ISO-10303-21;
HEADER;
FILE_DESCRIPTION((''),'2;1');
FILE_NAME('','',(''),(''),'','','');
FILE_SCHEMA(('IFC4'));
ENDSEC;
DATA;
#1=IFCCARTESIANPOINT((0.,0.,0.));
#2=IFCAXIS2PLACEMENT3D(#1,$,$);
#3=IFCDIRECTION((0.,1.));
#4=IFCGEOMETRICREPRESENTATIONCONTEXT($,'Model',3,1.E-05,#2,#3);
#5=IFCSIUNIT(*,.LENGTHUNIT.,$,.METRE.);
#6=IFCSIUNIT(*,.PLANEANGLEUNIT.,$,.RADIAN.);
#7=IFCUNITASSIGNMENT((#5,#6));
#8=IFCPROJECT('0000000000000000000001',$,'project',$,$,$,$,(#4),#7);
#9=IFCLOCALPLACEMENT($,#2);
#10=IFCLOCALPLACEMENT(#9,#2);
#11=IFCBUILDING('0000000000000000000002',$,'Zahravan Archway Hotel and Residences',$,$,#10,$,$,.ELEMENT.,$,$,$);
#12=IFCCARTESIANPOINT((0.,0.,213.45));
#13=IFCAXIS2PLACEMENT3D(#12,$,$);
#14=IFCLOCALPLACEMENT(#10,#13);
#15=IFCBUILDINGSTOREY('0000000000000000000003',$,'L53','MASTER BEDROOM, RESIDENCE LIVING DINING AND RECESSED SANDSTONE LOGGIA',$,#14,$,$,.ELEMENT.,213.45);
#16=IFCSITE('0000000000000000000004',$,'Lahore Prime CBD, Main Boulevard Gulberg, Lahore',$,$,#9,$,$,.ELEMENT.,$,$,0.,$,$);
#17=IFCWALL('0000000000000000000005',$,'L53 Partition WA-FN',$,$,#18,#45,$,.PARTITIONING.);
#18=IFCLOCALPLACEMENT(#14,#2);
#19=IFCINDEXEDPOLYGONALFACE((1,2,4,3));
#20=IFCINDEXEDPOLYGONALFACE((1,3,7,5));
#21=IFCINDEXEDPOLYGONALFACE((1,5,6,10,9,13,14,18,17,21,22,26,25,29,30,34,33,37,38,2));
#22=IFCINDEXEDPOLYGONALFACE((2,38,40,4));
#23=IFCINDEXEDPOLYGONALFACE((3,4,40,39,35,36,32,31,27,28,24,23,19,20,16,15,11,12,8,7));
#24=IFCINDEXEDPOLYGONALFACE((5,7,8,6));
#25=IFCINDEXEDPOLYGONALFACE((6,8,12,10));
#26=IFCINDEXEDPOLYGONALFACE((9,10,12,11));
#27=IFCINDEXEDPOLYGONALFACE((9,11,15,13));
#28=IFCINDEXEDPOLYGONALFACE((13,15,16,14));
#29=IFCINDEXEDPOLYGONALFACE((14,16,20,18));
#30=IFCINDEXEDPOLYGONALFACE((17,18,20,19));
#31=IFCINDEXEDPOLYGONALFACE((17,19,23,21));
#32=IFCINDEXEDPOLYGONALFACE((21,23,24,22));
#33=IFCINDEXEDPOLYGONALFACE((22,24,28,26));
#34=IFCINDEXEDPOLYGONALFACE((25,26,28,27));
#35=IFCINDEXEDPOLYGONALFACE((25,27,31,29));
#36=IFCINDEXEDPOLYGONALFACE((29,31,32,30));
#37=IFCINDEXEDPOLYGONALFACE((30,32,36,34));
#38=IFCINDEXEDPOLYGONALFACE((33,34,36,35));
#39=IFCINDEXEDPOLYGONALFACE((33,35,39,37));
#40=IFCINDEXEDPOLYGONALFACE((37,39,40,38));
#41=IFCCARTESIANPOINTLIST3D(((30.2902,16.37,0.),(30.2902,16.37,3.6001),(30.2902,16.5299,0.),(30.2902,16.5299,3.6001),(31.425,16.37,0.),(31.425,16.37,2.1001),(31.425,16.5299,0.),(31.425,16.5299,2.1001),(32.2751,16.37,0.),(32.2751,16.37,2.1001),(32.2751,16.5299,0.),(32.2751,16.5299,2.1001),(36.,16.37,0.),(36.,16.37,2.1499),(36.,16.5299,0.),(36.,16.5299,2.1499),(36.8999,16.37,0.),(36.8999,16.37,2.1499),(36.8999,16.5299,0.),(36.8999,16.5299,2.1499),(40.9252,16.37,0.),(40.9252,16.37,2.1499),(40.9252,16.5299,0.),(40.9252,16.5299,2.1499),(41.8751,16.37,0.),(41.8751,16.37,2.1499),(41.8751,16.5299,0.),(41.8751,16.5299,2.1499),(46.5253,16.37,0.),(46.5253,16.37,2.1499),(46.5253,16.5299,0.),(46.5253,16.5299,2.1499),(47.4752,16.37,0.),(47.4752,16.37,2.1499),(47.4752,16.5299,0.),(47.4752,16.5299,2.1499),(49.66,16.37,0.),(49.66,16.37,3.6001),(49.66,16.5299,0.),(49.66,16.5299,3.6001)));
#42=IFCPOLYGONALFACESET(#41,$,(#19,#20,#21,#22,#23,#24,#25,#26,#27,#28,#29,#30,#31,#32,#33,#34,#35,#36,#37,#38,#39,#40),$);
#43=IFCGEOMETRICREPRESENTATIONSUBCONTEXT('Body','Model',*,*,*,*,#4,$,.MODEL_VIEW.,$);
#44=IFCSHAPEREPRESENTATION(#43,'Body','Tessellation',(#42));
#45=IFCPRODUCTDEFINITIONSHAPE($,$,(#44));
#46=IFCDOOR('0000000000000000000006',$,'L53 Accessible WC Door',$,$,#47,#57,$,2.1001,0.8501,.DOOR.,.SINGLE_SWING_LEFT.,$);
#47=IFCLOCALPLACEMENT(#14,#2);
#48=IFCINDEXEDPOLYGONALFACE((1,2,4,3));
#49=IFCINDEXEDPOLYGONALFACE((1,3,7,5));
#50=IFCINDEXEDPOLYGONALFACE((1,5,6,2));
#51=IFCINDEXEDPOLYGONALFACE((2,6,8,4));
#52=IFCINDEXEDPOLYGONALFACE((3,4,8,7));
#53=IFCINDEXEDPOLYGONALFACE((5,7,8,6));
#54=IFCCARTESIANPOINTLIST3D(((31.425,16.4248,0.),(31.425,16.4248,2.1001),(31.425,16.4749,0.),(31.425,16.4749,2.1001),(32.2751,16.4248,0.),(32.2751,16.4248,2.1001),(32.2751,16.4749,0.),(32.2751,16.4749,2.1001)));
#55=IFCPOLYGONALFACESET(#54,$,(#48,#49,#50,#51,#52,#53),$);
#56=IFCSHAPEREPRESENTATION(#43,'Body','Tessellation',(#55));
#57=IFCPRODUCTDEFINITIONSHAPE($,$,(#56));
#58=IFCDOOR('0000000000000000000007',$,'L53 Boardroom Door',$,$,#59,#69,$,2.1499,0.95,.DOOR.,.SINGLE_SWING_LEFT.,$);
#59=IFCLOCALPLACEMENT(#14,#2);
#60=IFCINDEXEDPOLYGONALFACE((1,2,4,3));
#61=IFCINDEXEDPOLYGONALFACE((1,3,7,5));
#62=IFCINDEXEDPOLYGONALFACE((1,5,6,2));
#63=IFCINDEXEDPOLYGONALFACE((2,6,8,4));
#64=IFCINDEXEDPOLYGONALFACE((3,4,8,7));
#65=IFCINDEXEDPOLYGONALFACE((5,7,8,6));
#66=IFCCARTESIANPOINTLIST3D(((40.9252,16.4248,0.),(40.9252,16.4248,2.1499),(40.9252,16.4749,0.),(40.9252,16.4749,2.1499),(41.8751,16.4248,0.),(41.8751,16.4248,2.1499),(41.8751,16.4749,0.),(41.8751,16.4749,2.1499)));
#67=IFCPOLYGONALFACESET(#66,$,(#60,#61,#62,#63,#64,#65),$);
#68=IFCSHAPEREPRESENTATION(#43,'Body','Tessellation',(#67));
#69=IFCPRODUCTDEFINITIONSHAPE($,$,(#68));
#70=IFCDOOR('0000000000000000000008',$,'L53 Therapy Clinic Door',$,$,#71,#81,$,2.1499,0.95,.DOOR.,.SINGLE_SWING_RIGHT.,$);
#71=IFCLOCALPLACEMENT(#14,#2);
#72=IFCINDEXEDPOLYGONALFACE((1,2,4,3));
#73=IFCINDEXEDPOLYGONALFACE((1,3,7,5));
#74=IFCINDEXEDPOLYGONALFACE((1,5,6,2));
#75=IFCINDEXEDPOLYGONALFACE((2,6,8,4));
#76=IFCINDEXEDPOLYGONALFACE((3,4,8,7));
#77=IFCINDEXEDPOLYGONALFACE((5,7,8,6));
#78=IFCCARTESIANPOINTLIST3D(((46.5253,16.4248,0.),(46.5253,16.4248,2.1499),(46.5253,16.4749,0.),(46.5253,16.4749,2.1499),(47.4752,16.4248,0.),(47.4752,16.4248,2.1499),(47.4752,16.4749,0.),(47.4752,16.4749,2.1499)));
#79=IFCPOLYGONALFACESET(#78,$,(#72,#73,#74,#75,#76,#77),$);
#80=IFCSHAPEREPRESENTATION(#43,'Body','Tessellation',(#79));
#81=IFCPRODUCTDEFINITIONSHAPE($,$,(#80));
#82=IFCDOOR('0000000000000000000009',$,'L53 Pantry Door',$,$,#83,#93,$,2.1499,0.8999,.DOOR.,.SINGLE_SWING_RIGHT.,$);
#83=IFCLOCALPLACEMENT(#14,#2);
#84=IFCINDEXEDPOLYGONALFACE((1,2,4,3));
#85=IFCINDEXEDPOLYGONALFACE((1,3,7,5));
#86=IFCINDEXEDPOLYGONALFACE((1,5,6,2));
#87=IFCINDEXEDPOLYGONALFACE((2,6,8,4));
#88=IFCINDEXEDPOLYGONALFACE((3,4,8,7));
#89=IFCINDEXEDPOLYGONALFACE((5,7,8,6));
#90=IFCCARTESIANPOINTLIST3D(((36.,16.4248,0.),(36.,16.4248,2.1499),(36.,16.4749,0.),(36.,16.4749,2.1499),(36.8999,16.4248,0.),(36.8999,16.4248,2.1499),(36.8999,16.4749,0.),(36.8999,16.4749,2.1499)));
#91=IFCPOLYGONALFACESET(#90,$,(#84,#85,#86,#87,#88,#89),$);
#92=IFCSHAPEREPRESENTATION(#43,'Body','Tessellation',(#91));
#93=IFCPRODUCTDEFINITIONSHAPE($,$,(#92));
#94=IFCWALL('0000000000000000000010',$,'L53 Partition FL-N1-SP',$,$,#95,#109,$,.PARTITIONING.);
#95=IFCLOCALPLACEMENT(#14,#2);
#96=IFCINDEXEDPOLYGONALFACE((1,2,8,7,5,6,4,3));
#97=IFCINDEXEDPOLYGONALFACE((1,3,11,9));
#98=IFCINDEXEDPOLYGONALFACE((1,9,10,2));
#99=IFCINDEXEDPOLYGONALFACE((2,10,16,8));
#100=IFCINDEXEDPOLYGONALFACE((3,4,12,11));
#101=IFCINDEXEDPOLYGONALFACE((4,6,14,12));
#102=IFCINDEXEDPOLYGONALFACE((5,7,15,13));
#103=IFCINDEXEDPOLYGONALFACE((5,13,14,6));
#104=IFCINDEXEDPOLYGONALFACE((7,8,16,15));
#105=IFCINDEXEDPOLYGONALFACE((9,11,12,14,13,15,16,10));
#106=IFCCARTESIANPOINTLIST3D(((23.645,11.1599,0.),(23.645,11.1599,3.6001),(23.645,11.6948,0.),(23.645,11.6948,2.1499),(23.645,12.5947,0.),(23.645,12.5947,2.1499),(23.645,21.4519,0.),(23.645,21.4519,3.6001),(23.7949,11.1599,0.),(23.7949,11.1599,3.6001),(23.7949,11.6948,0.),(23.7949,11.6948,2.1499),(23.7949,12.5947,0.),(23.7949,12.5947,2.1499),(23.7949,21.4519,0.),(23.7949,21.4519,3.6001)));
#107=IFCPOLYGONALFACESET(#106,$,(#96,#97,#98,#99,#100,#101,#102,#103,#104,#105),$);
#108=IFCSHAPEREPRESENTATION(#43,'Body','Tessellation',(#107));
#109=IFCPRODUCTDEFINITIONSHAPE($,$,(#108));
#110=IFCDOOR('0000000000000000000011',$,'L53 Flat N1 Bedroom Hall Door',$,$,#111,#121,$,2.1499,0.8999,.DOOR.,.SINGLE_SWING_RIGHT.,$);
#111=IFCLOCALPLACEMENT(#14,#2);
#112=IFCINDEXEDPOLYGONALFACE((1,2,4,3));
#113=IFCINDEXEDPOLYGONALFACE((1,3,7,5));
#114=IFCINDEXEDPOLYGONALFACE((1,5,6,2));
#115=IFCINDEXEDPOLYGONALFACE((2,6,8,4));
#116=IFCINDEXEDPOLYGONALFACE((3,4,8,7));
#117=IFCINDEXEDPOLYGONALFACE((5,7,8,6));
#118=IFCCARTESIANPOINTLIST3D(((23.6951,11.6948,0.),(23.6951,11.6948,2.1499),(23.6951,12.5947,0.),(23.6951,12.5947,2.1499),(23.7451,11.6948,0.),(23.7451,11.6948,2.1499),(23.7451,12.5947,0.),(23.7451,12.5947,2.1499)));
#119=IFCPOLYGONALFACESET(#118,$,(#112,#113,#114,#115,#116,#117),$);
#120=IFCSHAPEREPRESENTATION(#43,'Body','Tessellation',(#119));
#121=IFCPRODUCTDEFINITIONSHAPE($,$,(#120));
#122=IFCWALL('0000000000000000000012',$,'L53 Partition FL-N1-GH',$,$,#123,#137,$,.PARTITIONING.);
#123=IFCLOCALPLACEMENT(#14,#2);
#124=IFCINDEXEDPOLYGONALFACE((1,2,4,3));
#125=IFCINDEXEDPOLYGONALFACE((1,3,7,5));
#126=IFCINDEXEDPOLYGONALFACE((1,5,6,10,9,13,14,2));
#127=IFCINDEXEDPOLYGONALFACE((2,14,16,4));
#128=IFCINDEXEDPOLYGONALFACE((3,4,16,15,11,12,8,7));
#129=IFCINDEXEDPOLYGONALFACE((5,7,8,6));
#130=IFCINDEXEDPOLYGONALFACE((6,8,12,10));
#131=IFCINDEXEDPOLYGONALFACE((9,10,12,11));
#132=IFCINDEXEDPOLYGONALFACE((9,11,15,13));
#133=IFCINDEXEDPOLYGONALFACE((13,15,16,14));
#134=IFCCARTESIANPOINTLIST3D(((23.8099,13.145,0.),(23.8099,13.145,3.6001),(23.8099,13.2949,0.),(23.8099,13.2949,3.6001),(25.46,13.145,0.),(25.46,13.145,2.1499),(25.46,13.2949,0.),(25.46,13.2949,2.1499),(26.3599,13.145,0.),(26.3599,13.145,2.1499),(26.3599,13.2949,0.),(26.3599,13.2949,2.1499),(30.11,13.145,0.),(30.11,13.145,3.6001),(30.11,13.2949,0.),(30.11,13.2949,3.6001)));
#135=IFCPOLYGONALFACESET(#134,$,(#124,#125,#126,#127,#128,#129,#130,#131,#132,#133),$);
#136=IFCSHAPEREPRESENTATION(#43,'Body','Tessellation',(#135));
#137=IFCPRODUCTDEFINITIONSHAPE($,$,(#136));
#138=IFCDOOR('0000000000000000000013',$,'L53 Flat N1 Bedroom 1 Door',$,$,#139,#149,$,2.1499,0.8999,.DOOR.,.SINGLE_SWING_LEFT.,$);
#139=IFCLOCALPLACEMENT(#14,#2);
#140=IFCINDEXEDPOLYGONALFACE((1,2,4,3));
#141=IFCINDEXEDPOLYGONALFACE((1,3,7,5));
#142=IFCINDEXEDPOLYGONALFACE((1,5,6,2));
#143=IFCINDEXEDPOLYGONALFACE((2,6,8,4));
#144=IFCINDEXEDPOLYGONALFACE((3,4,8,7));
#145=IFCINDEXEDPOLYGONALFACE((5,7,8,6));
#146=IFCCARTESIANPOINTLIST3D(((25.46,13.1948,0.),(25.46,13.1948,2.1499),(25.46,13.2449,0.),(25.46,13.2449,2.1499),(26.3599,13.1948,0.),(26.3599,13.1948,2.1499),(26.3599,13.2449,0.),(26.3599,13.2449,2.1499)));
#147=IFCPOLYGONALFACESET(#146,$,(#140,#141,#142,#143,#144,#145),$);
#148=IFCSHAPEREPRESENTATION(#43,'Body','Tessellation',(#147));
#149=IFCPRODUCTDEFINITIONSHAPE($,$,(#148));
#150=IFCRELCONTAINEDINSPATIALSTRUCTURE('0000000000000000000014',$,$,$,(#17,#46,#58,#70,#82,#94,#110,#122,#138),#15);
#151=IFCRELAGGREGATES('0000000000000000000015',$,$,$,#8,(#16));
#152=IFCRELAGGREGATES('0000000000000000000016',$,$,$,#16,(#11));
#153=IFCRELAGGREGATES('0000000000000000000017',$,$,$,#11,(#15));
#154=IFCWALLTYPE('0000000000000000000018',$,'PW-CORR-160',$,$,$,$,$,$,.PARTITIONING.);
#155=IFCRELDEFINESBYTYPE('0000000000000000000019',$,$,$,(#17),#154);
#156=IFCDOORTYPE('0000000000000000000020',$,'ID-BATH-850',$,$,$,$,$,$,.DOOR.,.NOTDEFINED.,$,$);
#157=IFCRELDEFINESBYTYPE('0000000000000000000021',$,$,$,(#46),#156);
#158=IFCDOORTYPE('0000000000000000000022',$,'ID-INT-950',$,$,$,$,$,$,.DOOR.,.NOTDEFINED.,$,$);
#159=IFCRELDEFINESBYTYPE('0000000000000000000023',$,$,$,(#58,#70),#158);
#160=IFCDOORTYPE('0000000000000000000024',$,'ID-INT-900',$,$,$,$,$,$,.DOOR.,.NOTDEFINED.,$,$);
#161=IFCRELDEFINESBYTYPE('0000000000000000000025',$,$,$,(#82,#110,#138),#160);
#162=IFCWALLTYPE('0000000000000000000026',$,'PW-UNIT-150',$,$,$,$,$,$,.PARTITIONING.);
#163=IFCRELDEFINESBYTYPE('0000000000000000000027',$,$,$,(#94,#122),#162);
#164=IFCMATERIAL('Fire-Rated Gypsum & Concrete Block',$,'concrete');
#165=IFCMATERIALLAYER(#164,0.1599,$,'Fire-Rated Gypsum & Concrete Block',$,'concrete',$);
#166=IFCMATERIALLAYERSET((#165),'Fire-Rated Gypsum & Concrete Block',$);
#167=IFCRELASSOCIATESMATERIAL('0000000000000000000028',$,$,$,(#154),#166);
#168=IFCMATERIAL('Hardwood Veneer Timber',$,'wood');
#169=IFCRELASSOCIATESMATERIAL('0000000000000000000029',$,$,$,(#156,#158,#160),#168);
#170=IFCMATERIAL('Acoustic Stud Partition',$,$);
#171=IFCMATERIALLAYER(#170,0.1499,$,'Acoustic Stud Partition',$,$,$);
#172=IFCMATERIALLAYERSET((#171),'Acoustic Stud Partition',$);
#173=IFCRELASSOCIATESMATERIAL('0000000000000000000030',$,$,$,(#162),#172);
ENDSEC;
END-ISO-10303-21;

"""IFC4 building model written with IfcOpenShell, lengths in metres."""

from ifc_helpers import new_model, si_unit, direction, frame, frame_2d, origin, place, context, subcontext, project, spatial, rectangle, extrude, source, transform, mapped, material, layer, layer_set, type_object, type_shapes, element, fill, save


model = new_model("IFC4")

# Units and contexts
model_context = context("Model", 3, precision=1e-05, world=origin(), true_north=direction((0.0, 1.0)))
body_context = subcontext(model_context, "Body", "Model", "MODEL_VIEW")
ifc_project = project(units=[si_unit("LENGTHUNIT", "METRE"), si_unit("PLANEANGLEUNIT", "RADIAN")], contexts=[model_context])

# Site, building, storey
site_placement = place(None, origin())
site = spatial("IfcSite", under=ifc_project, at=site_placement, Name="Lahore Prime CBD, Main Boulevard Gulberg, Lahore", CompositionType="ELEMENT", RefElevation=0.0)
building_placement = place(site_placement, origin())
building = spatial("IfcBuilding", under=site, at=building_placement, Name="Zahravan Archway Hotel and Residences", CompositionType="ELEMENT")
storey_placement = place(building_placement, frame((0.0, 0.0, 213.45)))
storey = spatial("IfcBuildingStorey", under=building, at=storey_placement, Name="L53", Description="MASTER BEDROOM, RESIDENCE LIVING DINING AND RECESSED SANDSTONE LOGGIA", CompositionType="ELEMENT", Elevation=213.45)

# Shared definitions
ifc_material_1 = material(Name="Fire-Rated Gypsum & Concrete Block", Category="concrete")
ifc_layer_1 = layer(ifc_material_1, 0.1599, Name="Fire-Rated Gypsum & Concrete Block", Category="concrete")
ifc_layer_set_1 = layer_set([ifc_layer_1], Name="Fire-Rated Gypsum & Concrete Block")
wall_type_1 = type_object("IfcWallType", Name="PW-CORR-160", PredefinedType="PARTITIONING", material=ifc_layer_set_1)

# Wall, openings, doors
wall_1_placement = place(storey_placement, frame((30.29, 16.45, 0.0), z_axis=(0.0, 0.0, 1.0), x_axis=(1.0, 0.0, 0.0)))
wall_1 = element("IfcWall", 1, at=wall_1_placement, inside=storey, type_object=wall_type_1, Name="L53 Partition WA-FN", PredefinedType="PARTITIONING", context=body_context, shape_type="SweptSolid", body=[
    extrude(rectangle(XDim=19.3699, YDim=0.1599, at=frame_2d((9.6851, 0.0))), origin(), (0.0, 0.0, 1.0), 3.6001),
])
opening_1_placement = place(wall_1_placement, frame((1.135, 0.0, 0.0)))
opening_1 = element("IfcOpeningElement", 2, at=opening_1_placement, cuts=wall_1, PredefinedType="OPENING", context=body_context, shape_type="SweptSolid", body=[
    extrude(rectangle(XDim=0.8501, YDim=2.1001, at=frame_2d((0.425, 1.05))), frame((0.0, 0.0898, 0.0), z_axis=(0.0, -1.0, 0.0), x_axis=(1.0, 0.0, 0.0)), (0.0, 0.0, 1.0), 0.1799),
])
opening_2_placement = place(wall_1_placement, frame((5.71, 0.0, 0.0)))
opening_2 = element("IfcOpeningElement", 3, at=opening_2_placement, cuts=wall_1, PredefinedType="OPENING", context=body_context, shape_type="SweptSolid", body=[
    extrude(rectangle(XDim=0.8999, YDim=2.1499, at=frame_2d((0.45, 1.075))), frame((0.0, 0.0898, 0.0), z_axis=(0.0, -1.0, 0.0), x_axis=(1.0, 0.0, 0.0)), (0.0, 0.0, 1.0), 0.1799),
])
opening_3_placement = place(wall_1_placement, frame((10.635, 0.0, 0.0)))
opening_3 = element("IfcOpeningElement", 4, at=opening_3_placement, cuts=wall_1, PredefinedType="OPENING", context=body_context, shape_type="SweptSolid", body=[
    extrude(rectangle(XDim=0.95, YDim=2.1499, at=frame_2d((0.4751, 1.075))), frame((0.0, 0.0898, 0.0), z_axis=(0.0, -1.0, 0.0), x_axis=(1.0, 0.0, 0.0)), (0.0, 0.0, 1.0), 0.1799),
])
opening_4_placement = place(wall_1_placement, frame((16.2351, 0.0, 0.0)))
opening_4 = element("IfcOpeningElement", 5, at=opening_4_placement, cuts=wall_1, PredefinedType="OPENING", context=body_context, shape_type="SweptSolid", body=[
    extrude(rectangle(XDim=0.95, YDim=2.1499, at=frame_2d((0.4751, 1.075))), frame((0.0, 0.0898, 0.0), z_axis=(0.0, -1.0, 0.0), x_axis=(1.0, 0.0, 0.0)), (0.0, 0.0, 1.0), 0.1799),
])
ifc_material_2 = material(Name="Hardwood Veneer Timber", Category="wood")
door_type_1 = type_object("IfcDoorType", Name="ID-BATH-850", OperationType="NOTDEFINED", PredefinedType="DOOR", material=ifc_material_2)
shared_shape_1 = source(origin(), body_context, "Body", "SweptSolid", [
    extrude(rectangle(XDim=0.8501, YDim=2.1001, at=frame_2d((0.425, 1.05))), frame((0.0, 0.0249, 0.0), z_axis=(0.0, -1.0, 0.0), x_axis=(1.0, 0.0, 0.0)), (0.0, 0.0, 1.0), 0.05),
])
type_shapes(door_type_1, [shared_shape_1])
door_1_placement = place(opening_1_placement, origin())
door_1 = element("IfcDoor", 6, at=door_1_placement, inside=storey, type_object=door_type_1, Name="L53 Accessible WC Door", OperationType="SINGLE_SWING_LEFT", OverallHeight=2.1001, OverallWidth=0.8501, PredefinedType="DOOR", context=body_context, shape_type="MappedRepresentation", body=[
    mapped(shared_shape_1, transform((0.0, 0.0, 0.0), scale=1.0)),
])
fill(opening_1, door_1)
door_type_2 = type_object("IfcDoorType", Name="ID-INT-950", OperationType="NOTDEFINED", PredefinedType="DOOR", material=ifc_material_2)
shared_shape_2 = source(origin(), body_context, "Body", "SweptSolid", [
    extrude(rectangle(XDim=0.95, YDim=2.1499, at=frame_2d((0.4751, 1.075))), frame((0.0, 0.0249, 0.0), z_axis=(0.0, -1.0, 0.0), x_axis=(1.0, 0.0, 0.0)), (0.0, 0.0, 1.0), 0.05),
])
type_shapes(door_type_2, [shared_shape_2])
door_2_placement = place(opening_3_placement, origin())
door_2 = element("IfcDoor", 7, at=door_2_placement, inside=storey, type_object=door_type_2, Name="L53 Boardroom Door", OperationType="SINGLE_SWING_LEFT", OverallHeight=2.1499, OverallWidth=0.95, PredefinedType="DOOR", context=body_context, shape_type="MappedRepresentation", body=[
    mapped(shared_shape_2, transform((0.0, 0.0, 0.0), scale=1.0)),
])
fill(opening_3, door_2)
door_3_placement = place(opening_4_placement, origin())
door_3 = element("IfcDoor", 8, at=door_3_placement, inside=storey, type_object=door_type_2, Name="L53 Therapy Clinic Door", OperationType="SINGLE_SWING_RIGHT", OverallHeight=2.1499, OverallWidth=0.95, PredefinedType="DOOR", context=body_context, shape_type="MappedRepresentation", body=[
    mapped(shared_shape_2, transform((0.0, 0.0, 0.0), scale=1.0)),
])
fill(opening_4, door_3)
door_type_3 = type_object("IfcDoorType", Name="ID-INT-900", OperationType="NOTDEFINED", PredefinedType="DOOR", material=ifc_material_2)
shared_shape_3 = source(origin(), body_context, "Body", "SweptSolid", [
    extrude(rectangle(XDim=0.8999, YDim=2.1499, at=frame_2d((0.45, 1.075))), frame((0.0, 0.0249, 0.0), z_axis=(0.0, -1.0, 0.0), x_axis=(1.0, 0.0, 0.0)), (0.0, 0.0, 1.0), 0.05),
])
type_shapes(door_type_3, [shared_shape_3])
door_4_placement = place(opening_2_placement, origin())
door_4 = element("IfcDoor", 9, at=door_4_placement, inside=storey, type_object=door_type_3, Name="L53 Pantry Door", OperationType="SINGLE_SWING_RIGHT", OverallHeight=2.1499, OverallWidth=0.8999, PredefinedType="DOOR", context=body_context, shape_type="MappedRepresentation", body=[
    mapped(shared_shape_3, transform((0.0, 0.0, 0.0), scale=1.0)),
])
fill(opening_2, door_4)

# Walls, openings, doors
ifc_material_3 = material(Name="Acoustic Stud Partition")
ifc_layer_2 = layer(ifc_material_3, 0.1499, Name="Acoustic Stud Partition")
ifc_layer_set_2 = layer_set([ifc_layer_2], Name="Acoustic Stud Partition")
wall_type_2 = type_object("IfcWallType", Name="PW-UNIT-150", PredefinedType="PARTITIONING", material=ifc_layer_set_2)
wall_2_placement = place(storey_placement, frame((23.72, 11.1599, 0.0), z_axis=(0.0, 0.0, 1.0), x_axis=(0.0, 1.0, 0.0)))
wall_2 = element("IfcWall", 10, at=wall_2_placement, inside=storey, type_object=wall_type_2, Name="L53 Partition FL-N1-SP", PredefinedType="PARTITIONING", context=body_context, shape_type="SweptSolid", body=[
    extrude(rectangle(XDim=10.292, YDim=0.1499, at=frame_2d((5.146, 0.0))), origin(), (0.0, 0.0, 1.0), 3.6001),
])
opening_5_placement = place(wall_2_placement, frame((0.5349, 0.0, 0.0)))
opening_5 = element("IfcOpeningElement", 11, at=opening_5_placement, cuts=wall_2, PredefinedType="OPENING", context=body_context, shape_type="SweptSolid", body=[
    extrude(rectangle(XDim=0.8999, YDim=2.1499, at=frame_2d((0.45, 1.075))), frame((0.0, 0.085, 0.0), z_axis=(0.0, -1.0, 0.0), x_axis=(1.0, 0.0, 0.0)), (0.0, 0.0, 1.0), 0.1699),
])
door_5_placement = place(opening_5_placement, origin())
door_5 = element("IfcDoor", 12, at=door_5_placement, inside=storey, type_object=door_type_3, Name="L53 Flat N1 Bedroom Hall Door", OperationType="SINGLE_SWING_RIGHT", OverallHeight=2.1499, OverallWidth=0.8999, PredefinedType="DOOR", context=body_context, shape_type="MappedRepresentation", body=[
    mapped(shared_shape_3, transform((0.0, 0.0, 0.0), scale=1.0)),
])
fill(opening_5, door_5)
wall_3_placement = place(storey_placement, frame((23.8101, 13.22, 0.0), z_axis=(0.0, 0.0, 1.0), x_axis=(1.0, 0.0, 0.0)))
wall_3 = element("IfcWall", 13, at=wall_3_placement, inside=storey, type_object=wall_type_2, Name="L53 Partition FL-N1-GH", PredefinedType="PARTITIONING", context=body_context, shape_type="SweptSolid", body=[
    extrude(rectangle(XDim=6.3, YDim=0.1499, at=frame_2d((3.1499, 0.0))), origin(), (0.0, 0.0, 1.0), 3.6001),
])
opening_6_placement = place(wall_3_placement, frame((1.6499, 0.0, 0.0)))
opening_6 = element("IfcOpeningElement", 14, at=opening_6_placement, cuts=wall_3, PredefinedType="OPENING", context=body_context, shape_type="SweptSolid", body=[
    extrude(rectangle(XDim=0.8999, YDim=2.1499, at=frame_2d((0.45, 1.075))), frame((0.0, 0.085, 0.0), z_axis=(0.0, -1.0, 0.0), x_axis=(1.0, 0.0, 0.0)), (0.0, 0.0, 1.0), 0.1699),
])
door_6_placement = place(opening_6_placement, origin())
door_6 = element("IfcDoor", 15, at=door_6_placement, inside=storey, type_object=door_type_3, Name="L53 Flat N1 Bedroom 1 Door", OperationType="SINGLE_SWING_LEFT", OverallHeight=2.1499, OverallWidth=0.8999, PredefinedType="DOOR", context=body_context, shape_type="MappedRepresentation", body=[
    mapped(shared_shape_3, transform((0.0, 0.0, 0.0), scale=1.0)),
])
fill(opening_6, door_6)

save(model, "model.ifc")
